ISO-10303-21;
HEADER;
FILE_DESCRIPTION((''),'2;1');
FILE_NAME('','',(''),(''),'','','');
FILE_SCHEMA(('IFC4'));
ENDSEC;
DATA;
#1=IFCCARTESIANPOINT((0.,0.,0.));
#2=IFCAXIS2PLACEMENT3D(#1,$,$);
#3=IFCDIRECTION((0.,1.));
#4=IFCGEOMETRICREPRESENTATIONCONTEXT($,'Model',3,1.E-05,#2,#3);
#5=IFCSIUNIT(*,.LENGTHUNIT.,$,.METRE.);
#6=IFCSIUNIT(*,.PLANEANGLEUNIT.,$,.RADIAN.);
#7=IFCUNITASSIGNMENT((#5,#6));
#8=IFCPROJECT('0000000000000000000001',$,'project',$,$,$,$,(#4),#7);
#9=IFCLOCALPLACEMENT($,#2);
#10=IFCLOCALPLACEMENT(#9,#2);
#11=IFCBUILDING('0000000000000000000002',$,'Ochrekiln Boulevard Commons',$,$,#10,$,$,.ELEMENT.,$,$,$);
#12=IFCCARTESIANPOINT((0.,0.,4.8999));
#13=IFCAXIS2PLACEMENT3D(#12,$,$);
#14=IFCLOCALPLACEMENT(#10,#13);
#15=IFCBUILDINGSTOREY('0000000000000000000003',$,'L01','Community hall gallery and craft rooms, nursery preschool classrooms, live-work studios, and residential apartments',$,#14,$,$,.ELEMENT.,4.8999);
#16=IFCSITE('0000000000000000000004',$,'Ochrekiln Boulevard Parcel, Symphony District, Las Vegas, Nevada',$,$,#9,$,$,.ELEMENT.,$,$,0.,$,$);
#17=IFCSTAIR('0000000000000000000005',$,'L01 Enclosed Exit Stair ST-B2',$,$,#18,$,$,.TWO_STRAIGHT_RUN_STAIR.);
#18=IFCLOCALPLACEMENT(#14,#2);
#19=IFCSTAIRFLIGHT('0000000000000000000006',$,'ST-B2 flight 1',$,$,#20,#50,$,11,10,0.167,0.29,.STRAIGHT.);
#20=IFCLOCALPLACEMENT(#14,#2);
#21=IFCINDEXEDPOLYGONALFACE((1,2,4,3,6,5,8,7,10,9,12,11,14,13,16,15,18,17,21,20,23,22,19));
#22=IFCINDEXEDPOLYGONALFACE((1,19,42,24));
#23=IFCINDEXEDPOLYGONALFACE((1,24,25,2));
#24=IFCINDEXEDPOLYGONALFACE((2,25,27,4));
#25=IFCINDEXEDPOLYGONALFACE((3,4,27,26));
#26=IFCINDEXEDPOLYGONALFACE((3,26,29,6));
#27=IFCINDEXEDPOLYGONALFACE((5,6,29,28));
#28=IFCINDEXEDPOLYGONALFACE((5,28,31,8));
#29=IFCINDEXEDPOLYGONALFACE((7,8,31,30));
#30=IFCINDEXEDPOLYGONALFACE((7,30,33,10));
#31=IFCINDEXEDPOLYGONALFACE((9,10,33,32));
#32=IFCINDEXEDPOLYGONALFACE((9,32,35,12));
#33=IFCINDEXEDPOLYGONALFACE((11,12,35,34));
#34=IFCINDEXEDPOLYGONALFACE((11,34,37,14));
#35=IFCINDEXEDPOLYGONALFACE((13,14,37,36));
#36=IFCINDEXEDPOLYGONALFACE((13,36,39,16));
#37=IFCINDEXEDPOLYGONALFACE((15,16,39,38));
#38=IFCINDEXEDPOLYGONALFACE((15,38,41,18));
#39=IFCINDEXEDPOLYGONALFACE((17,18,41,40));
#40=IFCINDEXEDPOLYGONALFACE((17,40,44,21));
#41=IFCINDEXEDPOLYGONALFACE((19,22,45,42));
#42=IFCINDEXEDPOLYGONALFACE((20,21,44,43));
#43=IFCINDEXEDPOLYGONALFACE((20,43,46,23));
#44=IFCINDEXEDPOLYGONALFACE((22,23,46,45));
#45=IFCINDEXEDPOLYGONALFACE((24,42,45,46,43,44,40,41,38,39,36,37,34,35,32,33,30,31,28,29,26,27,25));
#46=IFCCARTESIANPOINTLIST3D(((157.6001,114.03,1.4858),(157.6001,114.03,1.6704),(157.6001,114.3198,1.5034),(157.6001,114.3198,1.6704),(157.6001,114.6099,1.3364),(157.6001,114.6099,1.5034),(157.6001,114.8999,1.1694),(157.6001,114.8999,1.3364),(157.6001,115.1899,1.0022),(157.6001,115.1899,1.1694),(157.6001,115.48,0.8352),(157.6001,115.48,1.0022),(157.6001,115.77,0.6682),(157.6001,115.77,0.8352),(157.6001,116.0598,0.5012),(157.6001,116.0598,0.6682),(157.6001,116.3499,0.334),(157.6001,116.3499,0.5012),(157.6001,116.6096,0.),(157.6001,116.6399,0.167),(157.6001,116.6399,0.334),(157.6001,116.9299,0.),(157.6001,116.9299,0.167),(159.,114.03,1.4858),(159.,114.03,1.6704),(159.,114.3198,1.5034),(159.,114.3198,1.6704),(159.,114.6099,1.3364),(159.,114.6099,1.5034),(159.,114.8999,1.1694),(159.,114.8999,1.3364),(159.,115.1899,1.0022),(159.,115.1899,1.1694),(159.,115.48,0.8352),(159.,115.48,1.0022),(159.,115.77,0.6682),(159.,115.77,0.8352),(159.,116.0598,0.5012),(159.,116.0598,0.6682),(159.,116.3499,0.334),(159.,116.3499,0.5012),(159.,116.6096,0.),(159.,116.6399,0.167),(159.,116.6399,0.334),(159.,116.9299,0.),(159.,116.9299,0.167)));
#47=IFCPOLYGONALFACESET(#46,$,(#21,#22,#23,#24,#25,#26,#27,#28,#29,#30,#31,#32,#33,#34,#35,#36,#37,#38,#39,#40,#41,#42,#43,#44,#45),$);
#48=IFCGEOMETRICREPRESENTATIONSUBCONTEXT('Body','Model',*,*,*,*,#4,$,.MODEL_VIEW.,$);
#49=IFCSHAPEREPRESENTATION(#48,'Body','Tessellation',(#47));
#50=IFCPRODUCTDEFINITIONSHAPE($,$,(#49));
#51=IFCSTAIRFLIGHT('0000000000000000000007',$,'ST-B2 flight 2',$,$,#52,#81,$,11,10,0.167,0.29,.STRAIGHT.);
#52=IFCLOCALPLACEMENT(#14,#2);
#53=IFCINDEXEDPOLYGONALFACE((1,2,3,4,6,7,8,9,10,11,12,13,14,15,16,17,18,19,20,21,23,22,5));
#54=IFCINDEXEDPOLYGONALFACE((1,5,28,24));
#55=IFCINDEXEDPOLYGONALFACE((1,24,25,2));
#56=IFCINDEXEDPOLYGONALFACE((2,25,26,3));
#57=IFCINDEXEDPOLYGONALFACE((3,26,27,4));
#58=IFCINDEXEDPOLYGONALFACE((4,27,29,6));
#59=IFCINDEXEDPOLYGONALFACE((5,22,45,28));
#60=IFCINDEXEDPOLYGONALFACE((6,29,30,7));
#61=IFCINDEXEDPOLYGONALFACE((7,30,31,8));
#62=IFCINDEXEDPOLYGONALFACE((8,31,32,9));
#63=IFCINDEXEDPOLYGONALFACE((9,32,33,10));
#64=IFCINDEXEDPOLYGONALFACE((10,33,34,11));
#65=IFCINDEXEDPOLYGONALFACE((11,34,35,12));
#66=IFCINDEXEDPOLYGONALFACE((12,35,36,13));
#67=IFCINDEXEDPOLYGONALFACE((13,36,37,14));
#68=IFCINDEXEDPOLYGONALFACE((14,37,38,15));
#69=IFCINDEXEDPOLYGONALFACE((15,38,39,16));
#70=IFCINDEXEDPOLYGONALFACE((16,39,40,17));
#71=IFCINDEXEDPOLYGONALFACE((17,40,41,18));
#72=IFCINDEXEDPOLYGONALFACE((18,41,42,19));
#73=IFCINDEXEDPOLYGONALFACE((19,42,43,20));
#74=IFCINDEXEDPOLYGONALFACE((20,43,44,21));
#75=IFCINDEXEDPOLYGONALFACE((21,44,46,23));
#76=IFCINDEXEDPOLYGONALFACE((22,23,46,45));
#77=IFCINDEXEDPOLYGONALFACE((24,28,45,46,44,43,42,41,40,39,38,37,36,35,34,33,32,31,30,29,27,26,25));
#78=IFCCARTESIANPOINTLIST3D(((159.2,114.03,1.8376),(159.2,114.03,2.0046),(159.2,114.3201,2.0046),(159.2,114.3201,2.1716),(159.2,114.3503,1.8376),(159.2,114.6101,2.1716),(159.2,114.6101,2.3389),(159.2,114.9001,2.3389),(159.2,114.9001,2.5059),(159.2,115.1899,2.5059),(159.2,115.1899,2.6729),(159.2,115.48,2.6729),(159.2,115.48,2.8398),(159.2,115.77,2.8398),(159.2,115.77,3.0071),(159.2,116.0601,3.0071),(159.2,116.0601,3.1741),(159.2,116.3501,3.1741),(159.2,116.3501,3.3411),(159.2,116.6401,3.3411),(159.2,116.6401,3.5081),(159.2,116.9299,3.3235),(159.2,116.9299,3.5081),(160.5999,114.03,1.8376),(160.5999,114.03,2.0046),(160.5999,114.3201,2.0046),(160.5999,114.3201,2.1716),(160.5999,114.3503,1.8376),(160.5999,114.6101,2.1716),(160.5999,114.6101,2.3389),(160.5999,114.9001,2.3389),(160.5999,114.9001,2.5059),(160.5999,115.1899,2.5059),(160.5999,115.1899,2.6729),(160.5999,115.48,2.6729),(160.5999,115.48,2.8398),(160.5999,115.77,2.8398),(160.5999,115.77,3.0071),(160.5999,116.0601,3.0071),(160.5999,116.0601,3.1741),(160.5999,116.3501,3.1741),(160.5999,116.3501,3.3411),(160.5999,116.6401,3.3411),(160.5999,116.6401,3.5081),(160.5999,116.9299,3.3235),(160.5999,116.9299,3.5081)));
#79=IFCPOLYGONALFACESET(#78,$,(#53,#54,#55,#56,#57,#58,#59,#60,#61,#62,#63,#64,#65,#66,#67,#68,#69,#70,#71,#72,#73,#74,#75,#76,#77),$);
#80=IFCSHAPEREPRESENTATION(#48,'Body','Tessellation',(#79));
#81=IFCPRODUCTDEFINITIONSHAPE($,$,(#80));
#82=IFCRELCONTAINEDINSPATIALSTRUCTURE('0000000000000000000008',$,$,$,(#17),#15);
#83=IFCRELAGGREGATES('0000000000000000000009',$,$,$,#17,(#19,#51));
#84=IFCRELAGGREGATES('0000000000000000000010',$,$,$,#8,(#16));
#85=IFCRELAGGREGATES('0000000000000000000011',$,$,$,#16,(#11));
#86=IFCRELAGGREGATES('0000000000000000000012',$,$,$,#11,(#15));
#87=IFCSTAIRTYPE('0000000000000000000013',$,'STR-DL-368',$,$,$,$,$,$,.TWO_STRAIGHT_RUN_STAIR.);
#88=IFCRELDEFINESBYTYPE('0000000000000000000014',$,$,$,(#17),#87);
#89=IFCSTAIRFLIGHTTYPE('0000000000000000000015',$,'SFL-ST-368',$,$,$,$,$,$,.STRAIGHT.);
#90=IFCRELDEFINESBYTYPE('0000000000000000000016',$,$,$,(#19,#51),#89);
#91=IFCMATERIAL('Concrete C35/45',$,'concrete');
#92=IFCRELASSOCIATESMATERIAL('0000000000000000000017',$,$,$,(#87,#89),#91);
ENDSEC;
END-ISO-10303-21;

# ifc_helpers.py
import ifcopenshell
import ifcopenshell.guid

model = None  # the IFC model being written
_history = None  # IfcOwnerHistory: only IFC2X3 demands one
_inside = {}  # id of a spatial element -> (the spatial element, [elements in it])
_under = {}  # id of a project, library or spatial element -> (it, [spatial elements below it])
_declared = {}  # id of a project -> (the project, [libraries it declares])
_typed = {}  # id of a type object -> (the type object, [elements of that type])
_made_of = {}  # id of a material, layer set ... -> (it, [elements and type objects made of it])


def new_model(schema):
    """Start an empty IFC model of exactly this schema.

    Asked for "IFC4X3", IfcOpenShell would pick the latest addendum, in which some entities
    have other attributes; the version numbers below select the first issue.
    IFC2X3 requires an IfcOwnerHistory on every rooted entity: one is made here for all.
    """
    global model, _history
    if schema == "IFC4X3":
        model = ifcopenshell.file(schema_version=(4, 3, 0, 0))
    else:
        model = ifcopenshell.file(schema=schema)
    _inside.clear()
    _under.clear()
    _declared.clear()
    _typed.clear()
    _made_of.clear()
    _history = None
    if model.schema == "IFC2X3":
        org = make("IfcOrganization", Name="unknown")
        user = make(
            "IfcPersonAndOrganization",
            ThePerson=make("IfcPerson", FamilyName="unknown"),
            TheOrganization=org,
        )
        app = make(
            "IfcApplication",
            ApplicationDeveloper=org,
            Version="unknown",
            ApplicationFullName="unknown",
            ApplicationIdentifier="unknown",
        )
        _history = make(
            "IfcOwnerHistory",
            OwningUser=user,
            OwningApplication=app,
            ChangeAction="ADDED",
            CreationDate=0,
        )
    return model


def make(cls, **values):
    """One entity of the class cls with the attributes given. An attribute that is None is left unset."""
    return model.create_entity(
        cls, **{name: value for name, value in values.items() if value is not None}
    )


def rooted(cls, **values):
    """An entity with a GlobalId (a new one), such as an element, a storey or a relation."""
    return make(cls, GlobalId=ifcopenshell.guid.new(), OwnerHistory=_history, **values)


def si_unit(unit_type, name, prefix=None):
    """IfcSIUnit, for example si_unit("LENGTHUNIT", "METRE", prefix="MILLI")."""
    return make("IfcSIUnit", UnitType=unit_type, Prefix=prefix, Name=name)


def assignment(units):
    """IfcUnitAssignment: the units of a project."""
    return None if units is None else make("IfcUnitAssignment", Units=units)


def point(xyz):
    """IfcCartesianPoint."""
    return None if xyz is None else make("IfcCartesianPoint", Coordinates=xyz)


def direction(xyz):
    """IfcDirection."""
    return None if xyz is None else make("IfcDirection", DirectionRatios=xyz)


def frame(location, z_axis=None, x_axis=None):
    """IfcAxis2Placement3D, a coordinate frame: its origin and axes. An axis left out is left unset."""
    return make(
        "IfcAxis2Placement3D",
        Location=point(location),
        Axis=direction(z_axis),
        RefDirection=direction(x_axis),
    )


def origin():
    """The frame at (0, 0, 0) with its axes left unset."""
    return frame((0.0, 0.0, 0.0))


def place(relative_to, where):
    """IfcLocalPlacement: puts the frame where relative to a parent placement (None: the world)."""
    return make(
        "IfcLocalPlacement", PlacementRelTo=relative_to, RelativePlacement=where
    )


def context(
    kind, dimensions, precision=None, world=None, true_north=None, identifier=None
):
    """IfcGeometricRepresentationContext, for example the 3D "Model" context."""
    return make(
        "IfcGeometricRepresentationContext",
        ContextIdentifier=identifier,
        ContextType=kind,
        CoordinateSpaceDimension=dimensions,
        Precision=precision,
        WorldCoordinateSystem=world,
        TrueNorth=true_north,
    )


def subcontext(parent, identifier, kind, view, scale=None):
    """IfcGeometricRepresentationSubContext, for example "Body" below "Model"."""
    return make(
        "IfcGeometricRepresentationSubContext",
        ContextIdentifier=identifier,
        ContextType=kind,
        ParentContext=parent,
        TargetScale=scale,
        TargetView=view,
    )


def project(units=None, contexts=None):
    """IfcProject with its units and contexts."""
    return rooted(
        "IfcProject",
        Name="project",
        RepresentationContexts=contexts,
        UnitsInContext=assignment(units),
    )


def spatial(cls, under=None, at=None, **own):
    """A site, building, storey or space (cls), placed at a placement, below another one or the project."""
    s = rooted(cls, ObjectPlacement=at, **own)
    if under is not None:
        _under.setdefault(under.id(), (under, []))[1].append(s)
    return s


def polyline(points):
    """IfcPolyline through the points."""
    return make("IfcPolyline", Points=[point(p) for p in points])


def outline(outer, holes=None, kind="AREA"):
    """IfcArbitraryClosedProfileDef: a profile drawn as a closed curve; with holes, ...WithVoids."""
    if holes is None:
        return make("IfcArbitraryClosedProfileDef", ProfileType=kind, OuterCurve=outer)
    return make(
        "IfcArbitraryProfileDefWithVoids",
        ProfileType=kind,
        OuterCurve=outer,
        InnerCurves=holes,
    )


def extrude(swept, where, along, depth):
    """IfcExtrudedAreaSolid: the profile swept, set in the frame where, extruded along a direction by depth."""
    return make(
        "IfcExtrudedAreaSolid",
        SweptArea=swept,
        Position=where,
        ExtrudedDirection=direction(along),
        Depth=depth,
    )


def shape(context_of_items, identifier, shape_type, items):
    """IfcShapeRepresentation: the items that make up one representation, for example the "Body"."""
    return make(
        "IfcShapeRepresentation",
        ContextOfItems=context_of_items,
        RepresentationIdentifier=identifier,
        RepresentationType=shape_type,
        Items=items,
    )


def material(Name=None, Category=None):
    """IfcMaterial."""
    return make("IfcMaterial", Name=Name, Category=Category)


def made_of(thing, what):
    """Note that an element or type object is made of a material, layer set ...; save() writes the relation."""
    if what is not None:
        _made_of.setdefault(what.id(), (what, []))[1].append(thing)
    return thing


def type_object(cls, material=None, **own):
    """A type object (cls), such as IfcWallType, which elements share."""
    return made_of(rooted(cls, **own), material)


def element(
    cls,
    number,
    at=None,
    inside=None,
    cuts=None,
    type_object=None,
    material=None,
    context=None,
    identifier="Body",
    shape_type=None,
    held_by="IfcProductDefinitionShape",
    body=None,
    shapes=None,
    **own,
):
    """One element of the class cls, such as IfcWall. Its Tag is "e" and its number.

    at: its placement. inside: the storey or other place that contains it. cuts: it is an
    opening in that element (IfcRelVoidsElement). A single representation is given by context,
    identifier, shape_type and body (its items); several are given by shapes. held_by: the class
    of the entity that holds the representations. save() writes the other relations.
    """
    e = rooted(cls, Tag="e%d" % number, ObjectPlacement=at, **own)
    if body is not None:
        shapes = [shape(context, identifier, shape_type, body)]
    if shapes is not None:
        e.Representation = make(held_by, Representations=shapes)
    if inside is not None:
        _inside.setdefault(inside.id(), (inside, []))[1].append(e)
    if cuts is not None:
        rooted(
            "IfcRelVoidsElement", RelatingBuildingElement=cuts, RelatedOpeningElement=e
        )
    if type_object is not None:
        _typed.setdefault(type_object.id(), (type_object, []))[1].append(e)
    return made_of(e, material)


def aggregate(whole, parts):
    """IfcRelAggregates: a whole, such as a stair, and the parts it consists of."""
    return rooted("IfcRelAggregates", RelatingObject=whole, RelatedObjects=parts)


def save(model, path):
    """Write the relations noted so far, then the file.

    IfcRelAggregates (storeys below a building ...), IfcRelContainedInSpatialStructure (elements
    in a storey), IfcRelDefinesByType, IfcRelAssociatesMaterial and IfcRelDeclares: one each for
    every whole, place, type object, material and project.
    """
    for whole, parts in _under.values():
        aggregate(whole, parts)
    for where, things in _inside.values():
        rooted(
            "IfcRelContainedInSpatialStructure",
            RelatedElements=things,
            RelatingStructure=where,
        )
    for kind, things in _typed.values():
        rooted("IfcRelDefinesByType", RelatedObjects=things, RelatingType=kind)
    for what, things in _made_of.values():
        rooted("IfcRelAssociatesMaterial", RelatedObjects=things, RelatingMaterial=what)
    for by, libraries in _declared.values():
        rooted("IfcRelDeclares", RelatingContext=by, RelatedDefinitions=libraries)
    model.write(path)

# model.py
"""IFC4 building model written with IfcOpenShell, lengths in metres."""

from ifc_helpers import new_model, si_unit, direction, frame, origin, place, context, subcontext, project, spatial, polyline, outline, extrude, material, type_object, element, aggregate, save


model = new_model("IFC4")

# Units and contexts
model_context = context("Model", 3, precision=1e-05, world=origin(), true_north=direction((0.0, 1.0)))
body_context = subcontext(model_context, "Body", "Model", "MODEL_VIEW")
ifc_project = project(units=[si_unit("LENGTHUNIT", "METRE"), si_unit("PLANEANGLEUNIT", "RADIAN")], contexts=[model_context])

# Site, building, storey
site_placement = place(None, origin())
site = spatial("IfcSite", under=ifc_project, at=site_placement, Name="Ochrekiln Boulevard Parcel, Symphony District, Las Vegas, Nevada", CompositionType="ELEMENT", RefElevation=0.0)
building_placement = place(site_placement, origin())
building = spatial("IfcBuilding", under=site, at=building_placement, Name="Ochrekiln Boulevard Commons", CompositionType="ELEMENT")
storey_placement = place(building_placement, frame((0.0, 0.0, 4.8999)))
storey = spatial("IfcBuildingStorey", under=building, at=storey_placement, Name="L01", Description="Community hall gallery and craft rooms, nursery preschool classrooms, live-work studios, and residential apartments", CompositionType="ELEMENT", Elevation=4.8999)

# Shared definitions
ifc_material_1 = material(Name="Concrete C35/45", Category="concrete")

# Stair, stair flights
stair_type = type_object("IfcStairType", Name="STR-DL-368", PredefinedType="TWO_STRAIGHT_RUN_STAIR", material=ifc_material_1)
stair_placement = place(storey_placement, origin())
stair = element("IfcStair", 1, at=stair_placement, inside=storey, type_object=stair_type, Name="L01 Enclosed Exit Stair ST-B2", PredefinedType="TWO_STRAIGHT_RUN_STAIR")
stair_flight_type = type_object("IfcStairFlightType", Name="SFL-ST-368", PredefinedType="STRAIGHT", material=ifc_material_1)
stair_flight_1_placement = place(storey_placement, frame((158.3, 116.9299, 0.0), z_axis=(0.0, 0.0, 1.0), x_axis=(0.0, -1.0, 0.0)))
stair_flight_1 = element("IfcStairFlight", 2, at=stair_flight_1_placement, type_object=stair_flight_type, Name="ST-B2 flight 1", NumberOfRisers=11, NumberOfTreads=10, PredefinedType="STRAIGHT", RiserHeight=0.167, TreadLength=0.29, context=body_context, shape_type="SweptSolid", body=[
    extrude(outline(polyline([(0.0, 0.0), (0.0, 0.167), (0.29, 0.167), (0.29, 0.334), (0.5801, 0.334), (0.5801, 0.5012), (0.8701, 0.5012), (0.8701, 0.6682), (1.1599, 0.6682), (1.1599, 0.8352), (1.45, 0.8352), (1.45, 1.0022), (1.74, 1.0022), (1.74, 1.1694), (2.03, 1.1694), (2.03, 1.3364), (2.3201, 1.3364), (2.3201, 1.5034), (2.6101, 1.5034), (2.6101, 1.6704), (2.8999, 1.6704), (2.8999, 1.8374), (2.8999, 1.4858), (0.3203, 0.0), (0.0, 0.0)])), frame((0.0, 0.7, 0.0), z_axis=(0.0, -1.0, 0.0), x_axis=(1.0, 0.0, 0.0)), (0.0, 0.0, 1.0), 1.3999),
])
stair_flight_2_placement = place(storey_placement, frame((159.8999, 114.03, 1.8376), z_axis=(0.0, 0.0, 1.0), x_axis=(0.0, 1.0, 0.0)))
stair_flight_2 = element("IfcStairFlight", 3, at=stair_flight_2_placement, type_object=stair_flight_type, Name="ST-B2 flight 2", NumberOfRisers=11, NumberOfTreads=10, PredefinedType="STRAIGHT", RiserHeight=0.167, TreadLength=0.29, context=body_context, shape_type="SweptSolid", body=[
    extrude(outline(polyline([(0.0, 0.0), (0.0, 0.167), (0.29, 0.167), (0.29, 0.334), (0.5801, 0.334), (0.5801, 0.5012), (0.8701, 0.5012), (0.8701, 0.6682), (1.1599, 0.6682), (1.1599, 0.8352), (1.45, 0.8352), (1.45, 1.0022), (1.74, 1.0022), (1.74, 1.1694), (2.03, 1.1694), (2.03, 1.3364), (2.3201, 1.3364), (2.3201, 1.5034), (2.6101, 1.5034), (2.6101, 1.6704), (2.8999, 1.6704), (2.8999, 1.8374), (2.8999, 1.4858), (0.3203, 0.0), (0.0, 0.0)])), frame((0.0, 0.7, 0.0), z_axis=(0.0, -1.0, 0.0), x_axis=(1.0, 0.0, 0.0)), (0.0, 0.0, 1.0), 1.3999),
])
aggregate(stair, [stair_flight_1, stair_flight_2])

save(model, "model.ifc")
